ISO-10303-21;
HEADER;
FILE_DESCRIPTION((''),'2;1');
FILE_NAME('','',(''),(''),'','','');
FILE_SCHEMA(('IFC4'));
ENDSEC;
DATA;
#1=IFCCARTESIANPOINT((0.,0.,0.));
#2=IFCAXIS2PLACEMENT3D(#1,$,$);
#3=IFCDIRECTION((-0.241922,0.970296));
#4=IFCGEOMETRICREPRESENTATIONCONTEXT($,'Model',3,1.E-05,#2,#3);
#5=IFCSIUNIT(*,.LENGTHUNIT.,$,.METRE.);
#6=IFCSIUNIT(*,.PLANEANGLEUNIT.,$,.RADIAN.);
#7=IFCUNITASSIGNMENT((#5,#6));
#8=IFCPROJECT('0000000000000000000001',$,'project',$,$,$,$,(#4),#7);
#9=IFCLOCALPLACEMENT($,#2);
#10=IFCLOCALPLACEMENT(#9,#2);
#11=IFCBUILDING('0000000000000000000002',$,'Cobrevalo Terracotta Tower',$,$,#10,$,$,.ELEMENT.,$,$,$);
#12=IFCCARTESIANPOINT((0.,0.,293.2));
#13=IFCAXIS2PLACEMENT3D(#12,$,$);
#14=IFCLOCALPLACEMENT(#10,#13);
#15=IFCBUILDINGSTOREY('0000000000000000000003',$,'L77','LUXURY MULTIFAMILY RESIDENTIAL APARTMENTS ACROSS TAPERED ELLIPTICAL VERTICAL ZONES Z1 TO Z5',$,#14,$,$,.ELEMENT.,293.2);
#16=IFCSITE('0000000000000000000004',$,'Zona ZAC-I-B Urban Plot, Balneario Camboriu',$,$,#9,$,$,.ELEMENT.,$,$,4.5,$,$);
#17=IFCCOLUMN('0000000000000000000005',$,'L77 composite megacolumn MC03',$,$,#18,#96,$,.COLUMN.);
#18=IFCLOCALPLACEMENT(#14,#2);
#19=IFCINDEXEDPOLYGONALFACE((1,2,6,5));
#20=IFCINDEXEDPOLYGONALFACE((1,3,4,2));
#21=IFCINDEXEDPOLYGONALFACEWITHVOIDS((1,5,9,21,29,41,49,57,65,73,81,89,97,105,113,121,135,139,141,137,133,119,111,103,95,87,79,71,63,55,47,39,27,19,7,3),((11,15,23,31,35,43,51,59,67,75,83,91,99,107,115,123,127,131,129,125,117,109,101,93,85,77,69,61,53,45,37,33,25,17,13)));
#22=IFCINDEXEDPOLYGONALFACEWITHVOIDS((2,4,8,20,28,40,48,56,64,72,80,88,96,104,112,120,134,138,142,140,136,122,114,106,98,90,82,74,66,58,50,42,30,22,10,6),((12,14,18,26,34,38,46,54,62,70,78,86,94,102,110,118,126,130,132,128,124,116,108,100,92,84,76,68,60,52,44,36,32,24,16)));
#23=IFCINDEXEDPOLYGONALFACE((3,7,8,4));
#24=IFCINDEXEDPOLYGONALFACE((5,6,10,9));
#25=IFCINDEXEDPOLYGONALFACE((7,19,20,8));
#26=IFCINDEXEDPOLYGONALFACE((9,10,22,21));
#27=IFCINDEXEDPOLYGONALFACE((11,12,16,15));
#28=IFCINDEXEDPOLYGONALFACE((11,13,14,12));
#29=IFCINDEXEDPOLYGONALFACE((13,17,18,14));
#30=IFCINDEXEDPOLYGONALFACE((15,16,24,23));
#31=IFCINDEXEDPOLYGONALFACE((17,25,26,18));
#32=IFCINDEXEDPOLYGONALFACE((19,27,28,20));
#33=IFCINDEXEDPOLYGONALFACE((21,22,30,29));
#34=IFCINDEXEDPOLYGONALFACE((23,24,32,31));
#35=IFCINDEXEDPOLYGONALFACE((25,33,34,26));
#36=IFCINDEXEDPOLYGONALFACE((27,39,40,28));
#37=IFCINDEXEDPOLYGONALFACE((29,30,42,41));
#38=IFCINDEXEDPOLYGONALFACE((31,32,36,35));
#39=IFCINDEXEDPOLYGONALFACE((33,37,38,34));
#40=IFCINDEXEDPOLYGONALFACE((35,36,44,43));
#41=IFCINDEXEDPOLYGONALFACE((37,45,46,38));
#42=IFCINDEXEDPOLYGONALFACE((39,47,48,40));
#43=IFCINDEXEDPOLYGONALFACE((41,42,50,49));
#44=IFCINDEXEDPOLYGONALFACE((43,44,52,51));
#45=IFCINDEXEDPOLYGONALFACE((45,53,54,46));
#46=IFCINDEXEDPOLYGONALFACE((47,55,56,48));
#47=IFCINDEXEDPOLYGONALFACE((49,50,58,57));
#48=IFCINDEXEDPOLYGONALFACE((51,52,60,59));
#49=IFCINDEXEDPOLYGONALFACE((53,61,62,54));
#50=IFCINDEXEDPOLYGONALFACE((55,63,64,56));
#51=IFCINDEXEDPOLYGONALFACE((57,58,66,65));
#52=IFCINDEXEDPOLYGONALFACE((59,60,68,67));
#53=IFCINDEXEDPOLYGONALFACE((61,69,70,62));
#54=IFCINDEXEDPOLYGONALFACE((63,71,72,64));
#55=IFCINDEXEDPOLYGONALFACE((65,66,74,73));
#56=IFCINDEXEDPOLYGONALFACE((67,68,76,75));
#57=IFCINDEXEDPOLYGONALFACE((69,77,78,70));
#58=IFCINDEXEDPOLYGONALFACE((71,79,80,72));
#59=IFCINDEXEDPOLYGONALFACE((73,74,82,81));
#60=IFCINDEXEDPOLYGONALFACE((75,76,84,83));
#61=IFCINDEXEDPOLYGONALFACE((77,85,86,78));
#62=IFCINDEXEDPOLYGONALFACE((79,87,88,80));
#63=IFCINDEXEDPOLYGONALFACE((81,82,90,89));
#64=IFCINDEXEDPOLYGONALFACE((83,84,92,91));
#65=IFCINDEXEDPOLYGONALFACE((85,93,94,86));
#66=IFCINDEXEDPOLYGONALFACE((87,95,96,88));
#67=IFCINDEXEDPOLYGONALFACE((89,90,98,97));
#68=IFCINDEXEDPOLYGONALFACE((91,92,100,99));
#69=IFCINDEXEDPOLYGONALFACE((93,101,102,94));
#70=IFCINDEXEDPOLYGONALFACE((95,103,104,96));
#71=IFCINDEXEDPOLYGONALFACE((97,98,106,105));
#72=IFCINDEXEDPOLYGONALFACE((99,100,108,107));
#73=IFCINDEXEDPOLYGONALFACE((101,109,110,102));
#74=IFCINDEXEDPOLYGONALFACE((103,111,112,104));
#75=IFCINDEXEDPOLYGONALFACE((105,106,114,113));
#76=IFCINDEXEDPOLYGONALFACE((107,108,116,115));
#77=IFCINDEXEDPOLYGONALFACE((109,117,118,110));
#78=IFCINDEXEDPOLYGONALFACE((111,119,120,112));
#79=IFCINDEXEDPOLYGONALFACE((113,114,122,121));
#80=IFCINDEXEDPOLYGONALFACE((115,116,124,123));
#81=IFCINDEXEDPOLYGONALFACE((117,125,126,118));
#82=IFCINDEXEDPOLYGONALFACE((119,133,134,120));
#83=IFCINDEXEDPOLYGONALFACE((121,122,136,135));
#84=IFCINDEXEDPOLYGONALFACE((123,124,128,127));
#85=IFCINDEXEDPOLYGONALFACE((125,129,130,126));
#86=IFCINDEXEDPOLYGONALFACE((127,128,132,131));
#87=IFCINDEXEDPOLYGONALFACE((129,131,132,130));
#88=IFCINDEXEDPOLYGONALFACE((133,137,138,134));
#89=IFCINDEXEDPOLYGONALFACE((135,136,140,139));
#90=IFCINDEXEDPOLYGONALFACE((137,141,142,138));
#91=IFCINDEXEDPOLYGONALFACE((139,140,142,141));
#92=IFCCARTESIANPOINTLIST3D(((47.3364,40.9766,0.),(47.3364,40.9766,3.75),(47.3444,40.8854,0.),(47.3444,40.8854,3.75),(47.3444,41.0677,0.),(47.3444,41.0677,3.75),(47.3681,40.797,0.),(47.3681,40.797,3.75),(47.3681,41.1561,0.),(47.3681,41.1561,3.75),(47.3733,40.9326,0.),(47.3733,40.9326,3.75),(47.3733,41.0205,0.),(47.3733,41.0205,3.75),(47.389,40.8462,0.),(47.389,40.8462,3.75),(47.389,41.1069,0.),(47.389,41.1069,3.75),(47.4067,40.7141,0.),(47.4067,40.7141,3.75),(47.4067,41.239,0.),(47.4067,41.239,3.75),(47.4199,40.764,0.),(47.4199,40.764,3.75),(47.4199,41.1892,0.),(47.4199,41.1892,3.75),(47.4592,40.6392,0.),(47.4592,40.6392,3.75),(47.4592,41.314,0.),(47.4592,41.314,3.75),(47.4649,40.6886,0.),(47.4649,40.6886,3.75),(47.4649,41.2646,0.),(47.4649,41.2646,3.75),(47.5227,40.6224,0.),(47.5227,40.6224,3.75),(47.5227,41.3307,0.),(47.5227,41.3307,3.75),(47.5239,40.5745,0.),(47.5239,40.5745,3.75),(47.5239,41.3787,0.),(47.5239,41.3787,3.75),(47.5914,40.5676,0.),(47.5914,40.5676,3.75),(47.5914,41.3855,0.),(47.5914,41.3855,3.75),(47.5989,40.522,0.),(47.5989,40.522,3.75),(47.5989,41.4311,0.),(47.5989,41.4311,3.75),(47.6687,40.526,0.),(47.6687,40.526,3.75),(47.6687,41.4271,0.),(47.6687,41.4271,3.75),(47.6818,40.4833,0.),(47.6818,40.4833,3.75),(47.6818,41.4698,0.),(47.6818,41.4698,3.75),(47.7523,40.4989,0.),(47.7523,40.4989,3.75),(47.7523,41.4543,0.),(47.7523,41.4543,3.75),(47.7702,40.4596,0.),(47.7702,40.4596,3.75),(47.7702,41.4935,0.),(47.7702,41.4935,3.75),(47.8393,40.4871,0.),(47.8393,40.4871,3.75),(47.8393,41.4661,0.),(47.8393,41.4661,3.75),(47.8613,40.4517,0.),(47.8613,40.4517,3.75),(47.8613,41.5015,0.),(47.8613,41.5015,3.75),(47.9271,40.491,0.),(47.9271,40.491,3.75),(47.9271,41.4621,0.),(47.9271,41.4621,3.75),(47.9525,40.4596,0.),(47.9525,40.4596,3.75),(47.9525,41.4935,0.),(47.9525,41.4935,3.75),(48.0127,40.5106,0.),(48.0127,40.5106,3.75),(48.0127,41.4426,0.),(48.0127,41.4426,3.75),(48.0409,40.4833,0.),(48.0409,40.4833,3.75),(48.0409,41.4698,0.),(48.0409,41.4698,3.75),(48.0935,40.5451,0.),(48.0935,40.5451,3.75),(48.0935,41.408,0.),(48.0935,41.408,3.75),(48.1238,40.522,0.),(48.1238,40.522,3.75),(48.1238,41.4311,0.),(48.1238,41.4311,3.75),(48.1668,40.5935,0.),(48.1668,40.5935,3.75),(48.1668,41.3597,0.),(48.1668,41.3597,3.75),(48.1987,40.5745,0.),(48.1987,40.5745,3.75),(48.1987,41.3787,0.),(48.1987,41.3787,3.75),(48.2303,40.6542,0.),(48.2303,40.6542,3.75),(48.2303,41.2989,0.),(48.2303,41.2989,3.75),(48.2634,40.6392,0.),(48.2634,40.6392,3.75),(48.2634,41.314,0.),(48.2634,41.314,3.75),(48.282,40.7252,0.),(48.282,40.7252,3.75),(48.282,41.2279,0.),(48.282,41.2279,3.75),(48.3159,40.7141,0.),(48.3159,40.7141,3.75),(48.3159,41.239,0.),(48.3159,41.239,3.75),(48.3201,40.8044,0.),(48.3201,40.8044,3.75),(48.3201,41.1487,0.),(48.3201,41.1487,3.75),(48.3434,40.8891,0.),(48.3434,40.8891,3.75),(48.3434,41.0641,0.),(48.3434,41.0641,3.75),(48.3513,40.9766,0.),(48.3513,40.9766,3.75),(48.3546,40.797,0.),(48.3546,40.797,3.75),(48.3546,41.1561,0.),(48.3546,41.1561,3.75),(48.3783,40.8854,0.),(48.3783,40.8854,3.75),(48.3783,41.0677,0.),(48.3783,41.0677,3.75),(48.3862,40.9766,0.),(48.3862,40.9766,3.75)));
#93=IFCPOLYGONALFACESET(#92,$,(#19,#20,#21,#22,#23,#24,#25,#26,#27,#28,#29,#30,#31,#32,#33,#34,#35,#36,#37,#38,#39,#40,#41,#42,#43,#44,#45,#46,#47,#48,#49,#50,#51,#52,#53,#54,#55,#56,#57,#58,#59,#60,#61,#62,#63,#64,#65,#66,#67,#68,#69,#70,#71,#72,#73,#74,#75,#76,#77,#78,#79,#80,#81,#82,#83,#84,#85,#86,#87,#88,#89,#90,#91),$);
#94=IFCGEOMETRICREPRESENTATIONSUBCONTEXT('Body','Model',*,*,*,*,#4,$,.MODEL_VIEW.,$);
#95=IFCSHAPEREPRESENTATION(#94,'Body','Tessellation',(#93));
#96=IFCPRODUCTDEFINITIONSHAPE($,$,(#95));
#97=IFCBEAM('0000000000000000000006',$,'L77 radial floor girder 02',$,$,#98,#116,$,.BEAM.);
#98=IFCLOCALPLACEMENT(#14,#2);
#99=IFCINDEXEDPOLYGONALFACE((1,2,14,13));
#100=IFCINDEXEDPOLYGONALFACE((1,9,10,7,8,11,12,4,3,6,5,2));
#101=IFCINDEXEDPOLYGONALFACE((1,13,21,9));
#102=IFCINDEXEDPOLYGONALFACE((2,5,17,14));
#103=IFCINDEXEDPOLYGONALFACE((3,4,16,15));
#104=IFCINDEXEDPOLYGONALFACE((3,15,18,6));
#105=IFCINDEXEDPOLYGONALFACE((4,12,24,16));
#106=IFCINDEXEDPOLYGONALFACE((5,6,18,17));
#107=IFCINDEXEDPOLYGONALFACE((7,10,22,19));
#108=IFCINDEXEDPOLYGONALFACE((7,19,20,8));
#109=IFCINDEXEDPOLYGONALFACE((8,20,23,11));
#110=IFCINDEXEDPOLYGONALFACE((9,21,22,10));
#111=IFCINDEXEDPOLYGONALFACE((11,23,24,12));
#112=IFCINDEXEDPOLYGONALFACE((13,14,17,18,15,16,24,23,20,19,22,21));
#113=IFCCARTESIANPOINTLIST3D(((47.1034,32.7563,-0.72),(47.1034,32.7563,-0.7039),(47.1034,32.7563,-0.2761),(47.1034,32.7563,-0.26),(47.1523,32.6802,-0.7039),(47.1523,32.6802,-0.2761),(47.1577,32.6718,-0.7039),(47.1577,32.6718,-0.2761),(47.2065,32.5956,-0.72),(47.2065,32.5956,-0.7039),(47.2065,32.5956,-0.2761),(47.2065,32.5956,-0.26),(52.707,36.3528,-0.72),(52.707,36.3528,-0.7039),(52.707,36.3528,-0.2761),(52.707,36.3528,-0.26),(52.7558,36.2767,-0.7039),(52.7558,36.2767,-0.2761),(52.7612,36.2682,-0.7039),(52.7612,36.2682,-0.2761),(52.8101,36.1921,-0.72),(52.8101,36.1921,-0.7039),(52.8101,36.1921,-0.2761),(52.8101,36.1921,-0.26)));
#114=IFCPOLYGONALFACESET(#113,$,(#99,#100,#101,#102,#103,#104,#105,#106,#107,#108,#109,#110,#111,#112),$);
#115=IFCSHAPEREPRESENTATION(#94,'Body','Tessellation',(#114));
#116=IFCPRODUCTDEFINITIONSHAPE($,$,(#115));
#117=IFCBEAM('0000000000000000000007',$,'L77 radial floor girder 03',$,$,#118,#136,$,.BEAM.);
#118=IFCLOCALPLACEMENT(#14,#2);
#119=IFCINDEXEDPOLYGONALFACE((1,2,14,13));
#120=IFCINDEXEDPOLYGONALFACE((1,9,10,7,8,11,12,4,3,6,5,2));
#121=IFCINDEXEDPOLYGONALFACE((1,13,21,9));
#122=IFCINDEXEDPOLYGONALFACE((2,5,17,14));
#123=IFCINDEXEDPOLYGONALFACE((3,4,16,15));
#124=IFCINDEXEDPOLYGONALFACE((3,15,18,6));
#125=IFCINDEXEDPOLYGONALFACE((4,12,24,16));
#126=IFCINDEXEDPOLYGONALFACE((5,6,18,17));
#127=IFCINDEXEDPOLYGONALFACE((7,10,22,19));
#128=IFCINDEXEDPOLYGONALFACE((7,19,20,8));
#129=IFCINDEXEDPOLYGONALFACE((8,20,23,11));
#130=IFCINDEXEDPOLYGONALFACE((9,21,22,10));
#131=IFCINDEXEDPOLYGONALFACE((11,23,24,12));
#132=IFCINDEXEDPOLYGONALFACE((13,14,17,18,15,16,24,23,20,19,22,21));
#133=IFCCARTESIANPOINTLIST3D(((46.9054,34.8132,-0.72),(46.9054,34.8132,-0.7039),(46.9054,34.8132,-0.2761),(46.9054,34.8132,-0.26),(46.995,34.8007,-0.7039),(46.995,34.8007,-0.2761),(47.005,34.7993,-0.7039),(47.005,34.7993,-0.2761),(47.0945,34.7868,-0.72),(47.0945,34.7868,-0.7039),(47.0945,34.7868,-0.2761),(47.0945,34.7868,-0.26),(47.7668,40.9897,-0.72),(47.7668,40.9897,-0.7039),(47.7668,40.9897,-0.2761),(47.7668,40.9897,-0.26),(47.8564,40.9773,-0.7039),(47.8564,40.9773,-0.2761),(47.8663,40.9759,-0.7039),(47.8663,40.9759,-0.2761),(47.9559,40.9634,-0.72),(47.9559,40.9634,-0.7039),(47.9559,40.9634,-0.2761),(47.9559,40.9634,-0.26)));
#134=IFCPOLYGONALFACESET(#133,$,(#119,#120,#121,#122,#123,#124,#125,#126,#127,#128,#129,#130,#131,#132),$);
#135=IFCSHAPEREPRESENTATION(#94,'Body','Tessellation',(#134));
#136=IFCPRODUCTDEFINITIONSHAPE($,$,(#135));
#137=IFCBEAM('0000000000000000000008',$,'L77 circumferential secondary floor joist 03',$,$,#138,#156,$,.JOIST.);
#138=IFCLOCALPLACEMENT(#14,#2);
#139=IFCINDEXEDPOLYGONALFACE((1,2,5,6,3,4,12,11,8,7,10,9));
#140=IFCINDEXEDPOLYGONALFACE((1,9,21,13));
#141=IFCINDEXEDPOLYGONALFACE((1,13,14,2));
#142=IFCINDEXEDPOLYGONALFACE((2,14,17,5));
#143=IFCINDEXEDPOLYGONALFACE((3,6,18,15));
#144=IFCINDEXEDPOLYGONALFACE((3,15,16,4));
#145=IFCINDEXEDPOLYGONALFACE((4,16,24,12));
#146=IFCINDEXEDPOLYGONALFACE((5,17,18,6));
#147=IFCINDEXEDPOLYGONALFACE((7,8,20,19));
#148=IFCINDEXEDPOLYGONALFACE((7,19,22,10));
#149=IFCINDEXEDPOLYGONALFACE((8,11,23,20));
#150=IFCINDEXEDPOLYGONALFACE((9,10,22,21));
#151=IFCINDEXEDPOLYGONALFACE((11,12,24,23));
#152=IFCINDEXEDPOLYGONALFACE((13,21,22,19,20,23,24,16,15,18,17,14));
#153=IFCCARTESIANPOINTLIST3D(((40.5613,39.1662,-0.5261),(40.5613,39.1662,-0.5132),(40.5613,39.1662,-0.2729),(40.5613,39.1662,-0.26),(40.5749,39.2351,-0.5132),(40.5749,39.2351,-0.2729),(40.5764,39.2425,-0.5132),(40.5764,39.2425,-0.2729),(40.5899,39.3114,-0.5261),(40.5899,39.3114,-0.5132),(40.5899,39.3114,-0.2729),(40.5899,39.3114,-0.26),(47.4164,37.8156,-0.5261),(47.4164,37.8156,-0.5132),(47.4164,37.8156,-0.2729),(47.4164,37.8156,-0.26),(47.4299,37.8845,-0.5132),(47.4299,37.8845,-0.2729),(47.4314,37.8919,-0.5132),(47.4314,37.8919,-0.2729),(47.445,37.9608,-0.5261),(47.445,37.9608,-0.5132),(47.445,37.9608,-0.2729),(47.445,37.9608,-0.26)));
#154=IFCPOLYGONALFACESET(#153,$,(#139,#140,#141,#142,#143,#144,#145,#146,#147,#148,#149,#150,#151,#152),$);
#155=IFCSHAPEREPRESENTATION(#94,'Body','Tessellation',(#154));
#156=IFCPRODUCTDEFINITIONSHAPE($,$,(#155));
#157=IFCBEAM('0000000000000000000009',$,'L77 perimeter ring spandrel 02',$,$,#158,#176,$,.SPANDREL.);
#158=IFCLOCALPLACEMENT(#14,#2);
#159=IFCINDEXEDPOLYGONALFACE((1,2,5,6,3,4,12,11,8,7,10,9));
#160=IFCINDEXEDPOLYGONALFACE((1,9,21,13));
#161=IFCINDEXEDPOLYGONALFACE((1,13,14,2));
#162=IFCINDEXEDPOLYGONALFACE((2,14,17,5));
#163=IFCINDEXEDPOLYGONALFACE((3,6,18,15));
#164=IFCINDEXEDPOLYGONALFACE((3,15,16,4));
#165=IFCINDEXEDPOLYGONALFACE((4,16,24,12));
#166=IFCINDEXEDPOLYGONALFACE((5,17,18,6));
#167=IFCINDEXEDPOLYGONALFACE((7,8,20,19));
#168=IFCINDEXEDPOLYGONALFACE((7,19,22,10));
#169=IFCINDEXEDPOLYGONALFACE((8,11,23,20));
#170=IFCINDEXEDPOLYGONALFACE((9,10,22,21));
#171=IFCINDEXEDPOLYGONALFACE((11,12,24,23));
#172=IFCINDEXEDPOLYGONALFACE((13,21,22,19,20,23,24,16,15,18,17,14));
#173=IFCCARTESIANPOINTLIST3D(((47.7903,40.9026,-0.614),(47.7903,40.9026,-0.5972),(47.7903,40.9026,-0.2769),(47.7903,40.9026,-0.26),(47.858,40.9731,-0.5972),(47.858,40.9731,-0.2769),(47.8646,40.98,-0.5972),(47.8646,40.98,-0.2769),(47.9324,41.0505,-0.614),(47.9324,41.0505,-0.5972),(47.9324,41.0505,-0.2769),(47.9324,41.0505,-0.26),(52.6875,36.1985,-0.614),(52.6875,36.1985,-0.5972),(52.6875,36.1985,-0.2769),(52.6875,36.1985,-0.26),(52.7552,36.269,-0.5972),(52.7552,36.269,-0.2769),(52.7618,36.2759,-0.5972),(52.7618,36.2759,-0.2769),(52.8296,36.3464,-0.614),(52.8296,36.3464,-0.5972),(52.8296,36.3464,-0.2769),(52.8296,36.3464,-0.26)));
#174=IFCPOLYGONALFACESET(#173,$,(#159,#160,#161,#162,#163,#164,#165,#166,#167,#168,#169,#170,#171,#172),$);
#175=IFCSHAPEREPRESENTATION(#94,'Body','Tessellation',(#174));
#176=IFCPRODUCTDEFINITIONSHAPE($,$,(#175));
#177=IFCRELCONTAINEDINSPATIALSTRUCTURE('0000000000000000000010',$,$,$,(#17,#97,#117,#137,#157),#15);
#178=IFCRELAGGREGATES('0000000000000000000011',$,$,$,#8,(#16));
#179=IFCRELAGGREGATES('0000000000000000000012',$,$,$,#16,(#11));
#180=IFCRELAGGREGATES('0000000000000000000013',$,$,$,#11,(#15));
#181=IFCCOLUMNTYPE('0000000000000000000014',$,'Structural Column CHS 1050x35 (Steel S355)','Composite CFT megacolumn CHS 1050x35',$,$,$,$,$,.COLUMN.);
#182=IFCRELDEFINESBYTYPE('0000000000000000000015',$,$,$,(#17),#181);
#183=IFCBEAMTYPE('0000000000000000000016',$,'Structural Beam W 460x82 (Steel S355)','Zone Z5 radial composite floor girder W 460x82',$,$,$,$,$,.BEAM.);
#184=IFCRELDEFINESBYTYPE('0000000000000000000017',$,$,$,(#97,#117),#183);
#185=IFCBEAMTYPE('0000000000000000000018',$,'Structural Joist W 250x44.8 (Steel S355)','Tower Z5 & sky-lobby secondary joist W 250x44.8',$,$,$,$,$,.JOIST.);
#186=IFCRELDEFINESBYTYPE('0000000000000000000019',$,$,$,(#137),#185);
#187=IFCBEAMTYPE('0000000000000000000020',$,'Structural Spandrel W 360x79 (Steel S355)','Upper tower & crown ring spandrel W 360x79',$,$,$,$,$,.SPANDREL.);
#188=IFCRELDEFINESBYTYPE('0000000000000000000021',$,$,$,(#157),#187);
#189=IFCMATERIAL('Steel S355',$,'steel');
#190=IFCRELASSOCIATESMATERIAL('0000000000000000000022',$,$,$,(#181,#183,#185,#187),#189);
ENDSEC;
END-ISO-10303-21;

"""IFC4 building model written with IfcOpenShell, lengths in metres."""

from ifc_helpers import new_model, si_unit, direction, frame, origin, origin_2d, place, context, subcontext, project, spatial, hollow_circle, i_section, extrude, material, material_profile, profile_set, type_object, element, save


model = new_model("IFC4")

# Units and contexts
model_context = context("Model", 3, precision=1e-05, world=origin(), true_north=direction((-0.241922, 0.970296)))
body_context = subcontext(model_context, "Body", "Model", "MODEL_VIEW")
ifc_project = project(units=[si_unit("LENGTHUNIT", "METRE"), si_unit("PLANEANGLEUNIT", "RADIAN")], contexts=[model_context])

# Site, building, storey
site_placement = place(None, origin())
site = spatial("IfcSite", under=ifc_project, at=site_placement, Name="Zona ZAC-I-B Urban Plot, Balneario Camboriu", CompositionType="ELEMENT", RefElevation=4.5)
building_placement = place(site_placement, origin())
building = spatial("IfcBuilding", under=site, at=building_placement, Name="Cobrevalo Terracotta Tower", CompositionType="ELEMENT")
storey_placement = place(building_placement, frame((0.0, 0.0, 293.2)))
storey = spatial("IfcBuildingStorey", under=building, at=storey_placement, Name="L77", Description="LUXURY MULTIFAMILY RESIDENTIAL APARTMENTS ACROSS TAPERED ELLIPTICAL VERTICAL ZONES Z1 TO Z5", CompositionType="ELEMENT", Elevation=293.2)

# Column
ifc_material_1 = material(Name="Steel S355", Category="steel")
ifc_material_profile_1 = material_profile(ifc_material_1, hollow_circle(Radius=0.5249, WallThickness=0.0349, at=origin_2d()), Name="CHS 1050x35")
ifc_profile_set_1 = profile_set([ifc_material_profile_1], Name="Steel S355")
column_type = type_object("IfcColumnType", Name="Structural Column CHS 1050x35 (Steel S355)", Description="Composite CFT megacolumn CHS 1050x35", PredefinedType="COLUMN", material=ifc_profile_set_1)
column_placement = place(storey_placement, frame((47.8613, 40.9766, 0.0), z_axis=(0.0, 0.0, 1.0), x_axis=(1.0, 0.0, 0.0)))
element("IfcColumn", 1, at=column_placement, inside=storey, type_object=column_type, Name="L77 composite megacolumn MC03", PredefinedType="COLUMN", context=body_context, shape_type="SweptSolid", body=[
    extrude(hollow_circle(Radius=0.5249, WallThickness=0.0349, at=origin_2d()), origin(), (0.0, 0.0, 1.0), 3.75),
])

# Beams
ifc_material_profile_2 = material_profile(ifc_material_1, i_section(OverallWidth=0.1909, OverallDepth=0.46, WebThickness=0.01, FlangeThickness=0.0161, at=origin_2d()), Name="W 460x82")
ifc_profile_set_2 = profile_set([ifc_material_profile_2], Name="Steel S355")
beam_type_1 = type_object("IfcBeamType", Name="Structural Beam W 460x82 (Steel S355)", Description="Zone Z5 radial composite floor girder W 460x82", PredefinedType="BEAM", material=ifc_profile_set_2)
beam_1_placement = place(storey_placement, frame((52.7585, 36.2725, -0.49), z_axis=(-0.841576, -0.540138, 0.0), x_axis=(0.540138, -0.841576, 0.0)))
element("IfcBeam", 2, at=beam_1_placement, inside=storey, type_object=beam_type_1, Name="L77 radial floor girder 02", PredefinedType="BEAM", context=body_context, shape_type="SweptSolid", body=[
    extrude(i_section(OverallWidth=0.1909, OverallDepth=0.46, WebThickness=0.01, FlangeThickness=0.0161, at=origin_2d()), origin(), (0.0, 0.0, 1.0), 6.6584),
])
beam_2_placement = place(storey_placement, frame((47.8613, 40.9766, -0.49), z_axis=(-0.138116, -0.990416, 0.0), x_axis=(0.990416, -0.138116, 0.0)))
element("IfcBeam", 3, at=beam_2_placement, inside=storey, type_object=beam_type_1, Name="L77 radial floor girder 03", PredefinedType="BEAM", context=body_context, shape_type="SweptSolid", body=[
    extrude(i_section(OverallWidth=0.1909, OverallDepth=0.46, WebThickness=0.01, FlangeThickness=0.0161, at=origin_2d()), origin(), (0.0, 0.0, 1.0), 6.2363),
])
ifc_material_profile_3 = material_profile(ifc_material_1, i_section(OverallWidth=0.1479, OverallDepth=0.2661, WebThickness=0.0076, FlangeThickness=0.0129, at=origin_2d()), Name="W 250x44.8")
ifc_profile_set_3 = profile_set([ifc_material_profile_3], Name="Steel S355")
beam_type_2 = type_object("IfcBeamType", Name="Structural Joist W 250x44.8 (Steel S355)", Description="Tower Z5 & sky-lobby secondary joist W 250x44.8", PredefinedType="JOIST", material=ifc_profile_set_3)
beam_3_placement = place(storey_placement, frame((47.4307, 37.8882, -0.3931), z_axis=(-0.981138, 0.193306, 0.0), x_axis=(-0.193306, -0.981138, 0.0)))
element("IfcBeam", 4, at=beam_3_placement, inside=storey, type_object=beam_type_2, Name="L77 circumferential secondary floor joist 03", PredefinedType="JOIST", context=body_context, shape_type="SweptSolid", body=[
    extrude(i_section(OverallWidth=0.1479, OverallDepth=0.2661, WebThickness=0.0076, FlangeThickness=0.0129, at=origin_2d()), origin(), (0.0, 0.0, 1.0), 6.9868),
])
ifc_material_profile_4 = material_profile(ifc_material_1, i_section(OverallWidth=0.2051, OverallDepth=0.354, WebThickness=0.0095, FlangeThickness=0.0168, at=origin_2d()), Name="W 360x79")
ifc_profile_set_4 = profile_set([ifc_material_profile_4], Name="Steel S355")
beam_type_3 = type_object("IfcBeamType", Name="Structural Spandrel W 360x79 (Steel S355)", Description="Upper tower & crown ring spandrel W 360x79", PredefinedType="SPANDREL", material=ifc_profile_set_4)
beam_4_placement = place(storey_placement, frame((52.7585, 36.2725, -0.437), z_axis=(-0.721183, 0.692744, 0.0), x_axis=(-0.692744, -0.721183, 0.0)))
element("IfcBeam", 5, at=beam_4_placement, inside=storey, type_object=beam_type_3, Name="L77 perimeter ring spandrel 02", PredefinedType="SPANDREL", context=body_context, shape_type="SweptSolid", body=[
    extrude(i_section(OverallWidth=0.2051, OverallDepth=0.354, WebThickness=0.0095, FlangeThickness=0.0168, at=origin_2d()), origin(), (0.0, 0.0, 1.0), 6.7905),
])

save(model, "model.ifc")
